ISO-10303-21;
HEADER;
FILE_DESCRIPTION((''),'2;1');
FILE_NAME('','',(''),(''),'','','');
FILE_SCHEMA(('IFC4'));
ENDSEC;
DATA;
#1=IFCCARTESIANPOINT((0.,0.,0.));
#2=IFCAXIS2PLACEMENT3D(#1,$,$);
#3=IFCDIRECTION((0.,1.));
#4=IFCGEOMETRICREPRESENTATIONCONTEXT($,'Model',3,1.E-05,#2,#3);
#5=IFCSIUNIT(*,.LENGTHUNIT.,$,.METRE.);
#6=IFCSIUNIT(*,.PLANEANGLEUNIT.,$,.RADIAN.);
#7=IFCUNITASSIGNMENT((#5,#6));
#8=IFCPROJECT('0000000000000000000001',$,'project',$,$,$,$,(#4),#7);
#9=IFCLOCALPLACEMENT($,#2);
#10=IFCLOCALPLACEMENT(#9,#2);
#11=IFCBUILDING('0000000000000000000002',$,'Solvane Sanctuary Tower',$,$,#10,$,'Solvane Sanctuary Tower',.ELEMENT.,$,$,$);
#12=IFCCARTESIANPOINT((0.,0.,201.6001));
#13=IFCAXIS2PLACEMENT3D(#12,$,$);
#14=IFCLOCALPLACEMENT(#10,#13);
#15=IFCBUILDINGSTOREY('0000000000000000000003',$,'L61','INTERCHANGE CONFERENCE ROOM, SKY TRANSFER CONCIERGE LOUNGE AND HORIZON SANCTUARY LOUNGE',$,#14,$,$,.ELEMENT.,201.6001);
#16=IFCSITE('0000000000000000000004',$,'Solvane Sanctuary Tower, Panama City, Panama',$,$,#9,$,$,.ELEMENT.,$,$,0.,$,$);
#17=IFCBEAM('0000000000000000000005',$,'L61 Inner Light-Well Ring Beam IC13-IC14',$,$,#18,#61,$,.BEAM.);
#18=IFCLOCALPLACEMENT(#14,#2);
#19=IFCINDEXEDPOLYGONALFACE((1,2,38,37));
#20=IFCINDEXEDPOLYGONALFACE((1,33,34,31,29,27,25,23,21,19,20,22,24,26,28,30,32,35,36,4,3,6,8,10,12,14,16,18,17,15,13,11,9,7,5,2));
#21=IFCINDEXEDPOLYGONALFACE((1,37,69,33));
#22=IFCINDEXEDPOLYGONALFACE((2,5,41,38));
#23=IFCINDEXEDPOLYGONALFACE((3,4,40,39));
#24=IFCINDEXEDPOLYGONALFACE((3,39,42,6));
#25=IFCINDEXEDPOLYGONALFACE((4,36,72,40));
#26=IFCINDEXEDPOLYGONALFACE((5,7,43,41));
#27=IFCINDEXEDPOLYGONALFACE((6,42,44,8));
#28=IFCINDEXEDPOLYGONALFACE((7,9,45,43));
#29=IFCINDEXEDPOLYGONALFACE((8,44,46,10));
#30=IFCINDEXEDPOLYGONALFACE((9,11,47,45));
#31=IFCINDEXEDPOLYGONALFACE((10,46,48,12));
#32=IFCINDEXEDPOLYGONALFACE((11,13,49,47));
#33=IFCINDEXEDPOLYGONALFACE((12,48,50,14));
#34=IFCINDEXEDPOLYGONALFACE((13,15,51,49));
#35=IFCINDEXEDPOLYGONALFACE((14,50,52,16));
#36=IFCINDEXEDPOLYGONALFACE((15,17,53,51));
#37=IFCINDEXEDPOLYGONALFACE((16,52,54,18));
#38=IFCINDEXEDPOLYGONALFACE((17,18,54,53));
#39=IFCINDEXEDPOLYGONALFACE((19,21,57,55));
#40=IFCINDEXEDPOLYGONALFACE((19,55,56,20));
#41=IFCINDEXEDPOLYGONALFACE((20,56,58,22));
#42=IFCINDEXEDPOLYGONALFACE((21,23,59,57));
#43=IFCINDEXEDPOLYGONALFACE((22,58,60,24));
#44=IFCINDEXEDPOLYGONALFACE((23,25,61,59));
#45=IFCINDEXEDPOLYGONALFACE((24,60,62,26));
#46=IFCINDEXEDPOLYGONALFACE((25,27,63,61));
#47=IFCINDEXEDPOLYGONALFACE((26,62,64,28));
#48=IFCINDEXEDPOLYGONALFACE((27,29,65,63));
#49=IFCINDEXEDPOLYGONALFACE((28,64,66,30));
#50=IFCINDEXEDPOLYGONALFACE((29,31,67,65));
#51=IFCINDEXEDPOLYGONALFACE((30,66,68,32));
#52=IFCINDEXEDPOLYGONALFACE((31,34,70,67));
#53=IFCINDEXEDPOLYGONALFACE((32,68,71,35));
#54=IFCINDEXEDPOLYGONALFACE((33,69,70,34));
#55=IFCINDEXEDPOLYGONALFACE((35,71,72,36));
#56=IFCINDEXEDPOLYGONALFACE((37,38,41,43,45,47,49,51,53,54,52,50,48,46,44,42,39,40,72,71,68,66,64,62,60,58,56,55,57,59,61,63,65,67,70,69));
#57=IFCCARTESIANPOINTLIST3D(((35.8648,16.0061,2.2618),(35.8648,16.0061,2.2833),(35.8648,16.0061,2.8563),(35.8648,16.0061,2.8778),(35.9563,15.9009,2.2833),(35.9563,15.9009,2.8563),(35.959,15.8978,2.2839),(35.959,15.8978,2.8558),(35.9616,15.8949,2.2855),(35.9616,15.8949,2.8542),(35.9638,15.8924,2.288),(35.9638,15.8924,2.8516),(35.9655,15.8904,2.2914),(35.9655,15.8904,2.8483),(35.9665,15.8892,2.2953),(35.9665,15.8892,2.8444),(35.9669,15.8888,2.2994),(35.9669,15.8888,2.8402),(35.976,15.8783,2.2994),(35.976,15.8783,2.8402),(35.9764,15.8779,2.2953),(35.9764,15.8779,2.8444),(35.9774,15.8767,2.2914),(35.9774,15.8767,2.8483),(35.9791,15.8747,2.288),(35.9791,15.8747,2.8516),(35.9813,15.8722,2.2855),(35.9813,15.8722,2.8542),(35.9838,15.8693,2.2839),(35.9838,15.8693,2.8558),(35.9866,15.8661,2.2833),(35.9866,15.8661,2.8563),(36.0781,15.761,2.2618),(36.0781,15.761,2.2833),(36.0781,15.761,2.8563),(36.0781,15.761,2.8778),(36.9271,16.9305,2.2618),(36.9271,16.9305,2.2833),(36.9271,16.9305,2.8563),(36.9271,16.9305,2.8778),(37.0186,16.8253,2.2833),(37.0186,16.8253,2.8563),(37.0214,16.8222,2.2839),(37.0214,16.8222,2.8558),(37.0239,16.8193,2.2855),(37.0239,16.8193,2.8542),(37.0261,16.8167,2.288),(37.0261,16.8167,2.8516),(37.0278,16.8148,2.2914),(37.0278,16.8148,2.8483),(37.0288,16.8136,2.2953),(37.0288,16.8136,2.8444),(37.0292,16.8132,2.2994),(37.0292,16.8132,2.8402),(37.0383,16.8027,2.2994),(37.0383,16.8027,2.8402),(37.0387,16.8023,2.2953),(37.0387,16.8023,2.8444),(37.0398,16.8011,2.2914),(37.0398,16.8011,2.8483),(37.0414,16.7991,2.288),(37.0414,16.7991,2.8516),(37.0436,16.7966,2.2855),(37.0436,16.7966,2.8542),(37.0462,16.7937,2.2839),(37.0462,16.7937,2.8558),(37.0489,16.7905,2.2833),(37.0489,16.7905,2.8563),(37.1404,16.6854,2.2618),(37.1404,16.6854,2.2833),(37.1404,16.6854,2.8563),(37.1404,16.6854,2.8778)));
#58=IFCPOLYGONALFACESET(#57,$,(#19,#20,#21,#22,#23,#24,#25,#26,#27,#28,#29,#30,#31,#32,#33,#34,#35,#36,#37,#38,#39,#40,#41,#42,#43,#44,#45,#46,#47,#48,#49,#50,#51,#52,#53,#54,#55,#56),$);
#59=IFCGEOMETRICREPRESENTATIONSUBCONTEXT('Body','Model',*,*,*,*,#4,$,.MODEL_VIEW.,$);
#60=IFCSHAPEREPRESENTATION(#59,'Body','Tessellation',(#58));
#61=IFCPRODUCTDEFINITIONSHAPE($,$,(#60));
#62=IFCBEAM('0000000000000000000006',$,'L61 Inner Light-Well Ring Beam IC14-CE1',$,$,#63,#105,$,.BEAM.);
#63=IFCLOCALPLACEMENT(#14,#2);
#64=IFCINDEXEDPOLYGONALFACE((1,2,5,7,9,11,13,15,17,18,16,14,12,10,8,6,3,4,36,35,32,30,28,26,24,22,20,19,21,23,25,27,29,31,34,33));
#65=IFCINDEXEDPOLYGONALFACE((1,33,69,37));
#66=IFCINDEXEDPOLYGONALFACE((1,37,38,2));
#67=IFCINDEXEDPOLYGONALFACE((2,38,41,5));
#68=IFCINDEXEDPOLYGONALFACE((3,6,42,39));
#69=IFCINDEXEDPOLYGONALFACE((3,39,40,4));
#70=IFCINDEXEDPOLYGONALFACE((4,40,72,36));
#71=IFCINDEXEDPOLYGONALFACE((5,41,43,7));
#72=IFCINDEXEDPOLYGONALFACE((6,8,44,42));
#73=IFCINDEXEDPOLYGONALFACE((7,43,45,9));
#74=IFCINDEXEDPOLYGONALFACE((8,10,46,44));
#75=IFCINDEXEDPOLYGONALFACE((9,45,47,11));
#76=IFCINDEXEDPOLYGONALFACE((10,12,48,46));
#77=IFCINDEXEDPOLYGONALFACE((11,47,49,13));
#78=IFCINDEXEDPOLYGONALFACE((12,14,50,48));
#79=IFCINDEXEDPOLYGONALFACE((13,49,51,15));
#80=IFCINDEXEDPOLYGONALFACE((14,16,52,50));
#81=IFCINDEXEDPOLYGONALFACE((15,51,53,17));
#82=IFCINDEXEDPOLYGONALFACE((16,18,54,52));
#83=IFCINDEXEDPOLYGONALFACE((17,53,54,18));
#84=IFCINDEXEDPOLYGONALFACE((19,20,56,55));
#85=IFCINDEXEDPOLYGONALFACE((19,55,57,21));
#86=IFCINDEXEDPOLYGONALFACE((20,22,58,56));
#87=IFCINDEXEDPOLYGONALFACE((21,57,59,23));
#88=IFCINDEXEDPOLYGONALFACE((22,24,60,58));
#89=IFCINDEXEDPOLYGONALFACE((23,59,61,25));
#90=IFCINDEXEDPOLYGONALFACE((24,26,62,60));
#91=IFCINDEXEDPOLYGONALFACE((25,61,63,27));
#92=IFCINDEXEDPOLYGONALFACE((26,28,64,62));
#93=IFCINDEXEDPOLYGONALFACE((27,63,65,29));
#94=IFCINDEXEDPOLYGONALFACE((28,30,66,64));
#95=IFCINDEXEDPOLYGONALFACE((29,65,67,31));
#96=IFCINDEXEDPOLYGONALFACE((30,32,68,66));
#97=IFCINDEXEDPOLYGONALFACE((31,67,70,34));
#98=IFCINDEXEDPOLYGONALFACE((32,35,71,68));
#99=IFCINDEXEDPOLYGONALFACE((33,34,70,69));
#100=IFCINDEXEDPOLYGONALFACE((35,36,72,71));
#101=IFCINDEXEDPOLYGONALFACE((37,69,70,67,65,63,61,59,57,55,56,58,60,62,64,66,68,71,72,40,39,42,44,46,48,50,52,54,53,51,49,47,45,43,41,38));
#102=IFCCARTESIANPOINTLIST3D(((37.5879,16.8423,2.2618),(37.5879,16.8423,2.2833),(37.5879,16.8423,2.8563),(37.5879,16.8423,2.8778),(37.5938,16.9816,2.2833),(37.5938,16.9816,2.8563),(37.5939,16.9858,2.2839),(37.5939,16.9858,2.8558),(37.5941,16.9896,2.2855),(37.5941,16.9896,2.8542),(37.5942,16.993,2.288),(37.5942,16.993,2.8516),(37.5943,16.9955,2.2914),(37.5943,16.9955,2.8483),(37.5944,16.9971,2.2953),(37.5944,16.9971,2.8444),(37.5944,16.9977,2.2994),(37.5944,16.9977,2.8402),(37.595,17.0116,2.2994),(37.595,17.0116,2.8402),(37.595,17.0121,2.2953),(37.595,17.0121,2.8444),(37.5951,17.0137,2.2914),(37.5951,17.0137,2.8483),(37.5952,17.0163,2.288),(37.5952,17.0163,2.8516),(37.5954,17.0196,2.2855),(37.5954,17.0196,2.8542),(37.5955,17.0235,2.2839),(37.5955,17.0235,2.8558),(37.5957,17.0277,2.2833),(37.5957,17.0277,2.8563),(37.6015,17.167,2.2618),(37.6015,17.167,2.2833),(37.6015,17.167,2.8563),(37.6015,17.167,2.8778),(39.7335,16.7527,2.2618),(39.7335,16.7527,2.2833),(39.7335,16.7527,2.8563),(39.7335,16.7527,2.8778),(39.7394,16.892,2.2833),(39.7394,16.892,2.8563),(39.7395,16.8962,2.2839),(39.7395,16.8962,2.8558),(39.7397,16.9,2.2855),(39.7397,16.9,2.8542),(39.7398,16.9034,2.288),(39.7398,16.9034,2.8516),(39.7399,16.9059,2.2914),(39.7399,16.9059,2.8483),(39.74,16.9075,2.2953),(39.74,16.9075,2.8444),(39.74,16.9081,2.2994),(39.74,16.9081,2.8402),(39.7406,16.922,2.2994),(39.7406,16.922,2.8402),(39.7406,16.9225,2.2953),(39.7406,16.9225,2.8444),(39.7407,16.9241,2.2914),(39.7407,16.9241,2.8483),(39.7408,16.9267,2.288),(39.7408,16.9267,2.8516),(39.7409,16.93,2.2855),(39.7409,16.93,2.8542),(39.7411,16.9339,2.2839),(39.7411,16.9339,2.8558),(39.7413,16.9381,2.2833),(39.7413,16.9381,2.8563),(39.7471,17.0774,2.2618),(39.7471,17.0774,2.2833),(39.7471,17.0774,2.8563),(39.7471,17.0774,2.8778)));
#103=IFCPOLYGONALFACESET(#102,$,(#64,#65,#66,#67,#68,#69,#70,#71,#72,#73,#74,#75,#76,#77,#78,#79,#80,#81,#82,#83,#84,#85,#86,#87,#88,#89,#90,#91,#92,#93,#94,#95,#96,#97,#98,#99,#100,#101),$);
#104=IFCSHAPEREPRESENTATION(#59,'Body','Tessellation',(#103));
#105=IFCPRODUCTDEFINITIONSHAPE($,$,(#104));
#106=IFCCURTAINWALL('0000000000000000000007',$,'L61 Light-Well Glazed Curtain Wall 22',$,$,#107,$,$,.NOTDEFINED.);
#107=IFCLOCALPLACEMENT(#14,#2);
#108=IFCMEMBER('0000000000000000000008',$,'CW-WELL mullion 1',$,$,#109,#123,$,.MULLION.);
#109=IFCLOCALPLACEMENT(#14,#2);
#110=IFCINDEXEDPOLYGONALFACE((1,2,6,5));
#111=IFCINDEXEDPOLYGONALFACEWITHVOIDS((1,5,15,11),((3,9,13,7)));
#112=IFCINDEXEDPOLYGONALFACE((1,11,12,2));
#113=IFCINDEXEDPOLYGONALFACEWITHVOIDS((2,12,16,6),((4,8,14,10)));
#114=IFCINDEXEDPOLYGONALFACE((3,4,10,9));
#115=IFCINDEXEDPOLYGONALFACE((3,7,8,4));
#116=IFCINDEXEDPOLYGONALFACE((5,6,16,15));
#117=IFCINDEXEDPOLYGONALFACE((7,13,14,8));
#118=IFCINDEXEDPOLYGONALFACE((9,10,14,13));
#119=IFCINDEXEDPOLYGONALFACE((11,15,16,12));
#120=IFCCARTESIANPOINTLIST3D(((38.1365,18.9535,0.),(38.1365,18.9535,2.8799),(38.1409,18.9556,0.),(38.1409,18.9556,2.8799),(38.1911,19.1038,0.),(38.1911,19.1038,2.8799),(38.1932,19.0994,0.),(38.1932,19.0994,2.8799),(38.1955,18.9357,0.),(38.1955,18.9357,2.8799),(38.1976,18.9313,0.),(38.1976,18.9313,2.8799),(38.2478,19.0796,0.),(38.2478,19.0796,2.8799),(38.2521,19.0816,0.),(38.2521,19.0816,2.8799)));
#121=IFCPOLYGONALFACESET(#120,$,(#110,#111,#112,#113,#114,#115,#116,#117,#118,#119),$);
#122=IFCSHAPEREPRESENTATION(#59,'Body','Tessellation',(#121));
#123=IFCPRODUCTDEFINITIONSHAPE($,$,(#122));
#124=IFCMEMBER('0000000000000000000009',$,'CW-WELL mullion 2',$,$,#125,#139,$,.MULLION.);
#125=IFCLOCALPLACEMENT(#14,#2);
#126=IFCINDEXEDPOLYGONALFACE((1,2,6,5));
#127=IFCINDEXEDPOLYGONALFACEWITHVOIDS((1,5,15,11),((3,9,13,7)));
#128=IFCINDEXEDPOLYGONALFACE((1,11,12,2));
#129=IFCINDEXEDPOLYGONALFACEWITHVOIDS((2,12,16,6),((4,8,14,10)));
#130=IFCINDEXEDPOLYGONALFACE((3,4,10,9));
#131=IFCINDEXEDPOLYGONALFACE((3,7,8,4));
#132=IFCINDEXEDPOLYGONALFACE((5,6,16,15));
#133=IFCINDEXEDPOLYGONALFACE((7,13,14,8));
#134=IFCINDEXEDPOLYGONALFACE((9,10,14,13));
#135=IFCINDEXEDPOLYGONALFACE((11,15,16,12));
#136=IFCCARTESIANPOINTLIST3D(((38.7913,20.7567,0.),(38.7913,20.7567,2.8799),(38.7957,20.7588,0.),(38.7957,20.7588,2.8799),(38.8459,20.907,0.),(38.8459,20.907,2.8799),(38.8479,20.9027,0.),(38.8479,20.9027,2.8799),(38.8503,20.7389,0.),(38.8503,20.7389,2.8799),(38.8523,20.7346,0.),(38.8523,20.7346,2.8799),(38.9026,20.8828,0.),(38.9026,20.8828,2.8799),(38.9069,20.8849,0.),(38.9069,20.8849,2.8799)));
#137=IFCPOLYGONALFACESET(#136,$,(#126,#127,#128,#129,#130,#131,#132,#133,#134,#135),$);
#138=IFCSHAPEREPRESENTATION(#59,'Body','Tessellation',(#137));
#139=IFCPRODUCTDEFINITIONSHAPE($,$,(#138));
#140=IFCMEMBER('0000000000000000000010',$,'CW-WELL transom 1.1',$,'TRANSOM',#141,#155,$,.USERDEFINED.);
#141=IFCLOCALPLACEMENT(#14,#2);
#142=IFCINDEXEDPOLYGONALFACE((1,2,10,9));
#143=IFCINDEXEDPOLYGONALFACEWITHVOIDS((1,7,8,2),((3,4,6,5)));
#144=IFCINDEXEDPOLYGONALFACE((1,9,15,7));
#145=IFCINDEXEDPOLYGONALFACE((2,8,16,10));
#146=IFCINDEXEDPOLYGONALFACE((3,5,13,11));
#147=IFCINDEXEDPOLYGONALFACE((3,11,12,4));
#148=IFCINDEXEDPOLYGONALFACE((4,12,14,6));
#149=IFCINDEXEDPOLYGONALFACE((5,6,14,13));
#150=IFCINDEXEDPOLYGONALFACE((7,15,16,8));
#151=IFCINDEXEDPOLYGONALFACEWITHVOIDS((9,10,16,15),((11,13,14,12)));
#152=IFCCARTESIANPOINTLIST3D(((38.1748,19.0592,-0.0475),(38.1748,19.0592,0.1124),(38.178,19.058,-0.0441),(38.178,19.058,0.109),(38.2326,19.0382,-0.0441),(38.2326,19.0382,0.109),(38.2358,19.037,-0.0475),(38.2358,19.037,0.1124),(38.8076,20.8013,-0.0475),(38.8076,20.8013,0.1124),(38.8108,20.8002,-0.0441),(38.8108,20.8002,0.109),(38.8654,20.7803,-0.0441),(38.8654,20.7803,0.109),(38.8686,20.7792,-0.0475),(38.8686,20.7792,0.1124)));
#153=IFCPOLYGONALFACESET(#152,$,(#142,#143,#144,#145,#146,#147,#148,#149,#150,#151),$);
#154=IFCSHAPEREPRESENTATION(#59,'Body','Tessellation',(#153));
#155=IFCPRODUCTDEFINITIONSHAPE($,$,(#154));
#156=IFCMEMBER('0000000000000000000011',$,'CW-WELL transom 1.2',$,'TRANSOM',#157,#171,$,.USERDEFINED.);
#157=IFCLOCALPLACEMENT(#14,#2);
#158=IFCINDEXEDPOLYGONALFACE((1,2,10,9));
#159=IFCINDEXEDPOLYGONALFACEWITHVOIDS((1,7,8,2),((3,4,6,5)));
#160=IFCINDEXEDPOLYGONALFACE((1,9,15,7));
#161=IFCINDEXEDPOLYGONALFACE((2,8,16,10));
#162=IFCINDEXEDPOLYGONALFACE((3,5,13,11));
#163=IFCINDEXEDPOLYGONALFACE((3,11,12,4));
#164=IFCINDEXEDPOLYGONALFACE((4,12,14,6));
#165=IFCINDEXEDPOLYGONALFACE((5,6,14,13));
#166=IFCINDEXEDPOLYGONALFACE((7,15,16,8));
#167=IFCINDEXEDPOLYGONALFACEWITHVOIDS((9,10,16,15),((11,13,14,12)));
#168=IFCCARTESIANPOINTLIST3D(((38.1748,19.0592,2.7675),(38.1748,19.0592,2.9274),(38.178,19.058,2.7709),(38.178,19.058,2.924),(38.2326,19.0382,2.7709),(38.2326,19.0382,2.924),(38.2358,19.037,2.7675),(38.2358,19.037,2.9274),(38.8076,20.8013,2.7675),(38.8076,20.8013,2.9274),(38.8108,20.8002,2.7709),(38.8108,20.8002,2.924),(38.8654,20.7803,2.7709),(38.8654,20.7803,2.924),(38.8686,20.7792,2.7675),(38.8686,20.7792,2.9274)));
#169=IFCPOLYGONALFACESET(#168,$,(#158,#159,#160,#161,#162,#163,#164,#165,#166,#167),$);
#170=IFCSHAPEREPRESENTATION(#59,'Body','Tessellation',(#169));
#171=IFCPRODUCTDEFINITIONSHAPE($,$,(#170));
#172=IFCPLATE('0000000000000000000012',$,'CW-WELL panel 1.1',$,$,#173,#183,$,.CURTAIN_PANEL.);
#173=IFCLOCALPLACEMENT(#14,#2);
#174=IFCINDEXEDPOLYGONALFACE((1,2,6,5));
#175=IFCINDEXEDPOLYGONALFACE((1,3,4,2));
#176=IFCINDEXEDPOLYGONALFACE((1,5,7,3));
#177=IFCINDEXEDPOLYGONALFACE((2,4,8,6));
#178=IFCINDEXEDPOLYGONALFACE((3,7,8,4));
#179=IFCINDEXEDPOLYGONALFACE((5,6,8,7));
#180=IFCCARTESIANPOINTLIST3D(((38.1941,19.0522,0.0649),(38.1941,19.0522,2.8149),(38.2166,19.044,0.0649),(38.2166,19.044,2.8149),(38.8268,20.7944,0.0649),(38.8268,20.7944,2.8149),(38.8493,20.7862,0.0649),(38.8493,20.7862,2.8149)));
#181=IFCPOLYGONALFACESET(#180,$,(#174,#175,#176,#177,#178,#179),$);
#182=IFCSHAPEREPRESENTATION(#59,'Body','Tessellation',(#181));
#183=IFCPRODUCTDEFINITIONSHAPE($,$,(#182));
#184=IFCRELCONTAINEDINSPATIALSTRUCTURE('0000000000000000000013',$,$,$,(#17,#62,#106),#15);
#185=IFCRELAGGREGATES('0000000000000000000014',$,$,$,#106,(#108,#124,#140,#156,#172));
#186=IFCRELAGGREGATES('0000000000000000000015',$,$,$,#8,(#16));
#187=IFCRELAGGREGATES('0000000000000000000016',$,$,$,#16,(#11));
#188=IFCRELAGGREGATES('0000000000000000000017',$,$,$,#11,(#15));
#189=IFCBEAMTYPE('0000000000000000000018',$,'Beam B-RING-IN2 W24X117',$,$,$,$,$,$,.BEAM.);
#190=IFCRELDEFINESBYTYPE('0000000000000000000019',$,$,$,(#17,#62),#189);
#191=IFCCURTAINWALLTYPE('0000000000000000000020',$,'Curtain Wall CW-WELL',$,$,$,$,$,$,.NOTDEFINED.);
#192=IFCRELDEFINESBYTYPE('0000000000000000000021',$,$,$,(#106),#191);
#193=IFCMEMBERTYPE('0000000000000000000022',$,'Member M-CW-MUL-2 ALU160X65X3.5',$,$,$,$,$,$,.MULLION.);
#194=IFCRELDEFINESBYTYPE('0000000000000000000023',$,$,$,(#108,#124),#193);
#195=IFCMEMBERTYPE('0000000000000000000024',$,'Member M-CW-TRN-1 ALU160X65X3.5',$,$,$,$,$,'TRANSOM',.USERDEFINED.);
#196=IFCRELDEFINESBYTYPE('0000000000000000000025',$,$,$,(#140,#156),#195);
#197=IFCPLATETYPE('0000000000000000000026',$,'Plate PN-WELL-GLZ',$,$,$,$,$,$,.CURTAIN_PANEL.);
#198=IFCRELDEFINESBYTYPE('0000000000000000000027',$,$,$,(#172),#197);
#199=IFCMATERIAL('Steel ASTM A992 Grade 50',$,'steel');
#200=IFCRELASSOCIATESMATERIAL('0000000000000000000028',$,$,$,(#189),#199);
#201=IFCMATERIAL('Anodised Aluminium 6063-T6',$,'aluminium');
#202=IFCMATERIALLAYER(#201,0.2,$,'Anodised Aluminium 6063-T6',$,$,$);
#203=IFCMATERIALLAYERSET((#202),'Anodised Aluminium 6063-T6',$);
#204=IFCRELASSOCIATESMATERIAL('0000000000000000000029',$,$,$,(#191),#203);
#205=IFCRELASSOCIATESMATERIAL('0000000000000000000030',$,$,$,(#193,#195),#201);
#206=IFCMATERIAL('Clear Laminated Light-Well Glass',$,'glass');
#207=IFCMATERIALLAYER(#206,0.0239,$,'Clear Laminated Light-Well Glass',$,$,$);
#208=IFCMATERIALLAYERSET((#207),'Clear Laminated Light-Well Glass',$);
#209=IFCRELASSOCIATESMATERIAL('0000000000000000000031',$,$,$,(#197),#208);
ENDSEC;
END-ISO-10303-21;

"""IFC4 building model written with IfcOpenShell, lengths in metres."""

from ifc_helpers import new_model, si_unit, direction, frame, origin, origin_2d, place, context, subcontext, project, spatial, rectangle, hollow_rectangle, i_section, extrude, material, layer, layer_set, material_profile, profile_set, type_object, element, aggregate, save


model = new_model("IFC4")

# Units and contexts
model_context = context("Model", 3, precision=1e-05, world=origin(), true_north=direction((0.0, 1.0)))
body_context = subcontext(model_context, "Body", "Model", "MODEL_VIEW")
ifc_project = project(units=[si_unit("LENGTHUNIT", "METRE"), si_unit("PLANEANGLEUNIT", "RADIAN")], contexts=[model_context])

# Site, building, storey
site_placement = place(None, origin())
site = spatial("IfcSite", under=ifc_project, at=site_placement, Name="Solvane Sanctuary Tower, Panama City, Panama", CompositionType="ELEMENT", RefElevation=0.0)
building_placement = place(site_placement, origin())
building = spatial("IfcBuilding", under=site, at=building_placement, Name="Solvane Sanctuary Tower", LongName="Solvane Sanctuary Tower", CompositionType="ELEMENT")
storey_placement = place(building_placement, frame((0.0, 0.0, 201.6001)))
storey = spatial("IfcBuildingStorey", under=building, at=storey_placement, Name="L61", Description="INTERCHANGE CONFERENCE ROOM, SKY TRANSFER CONCIERGE LOUNGE AND HORIZON SANCTUARY LOUNGE", CompositionType="ELEMENT", Elevation=201.6001)

# Beams
ifc_material_1 = material(Name="Steel ASTM A992 Grade 50", Category="steel")
ifc_material_profile_1 = material_profile(ifc_material_1, i_section(OverallWidth=0.325, OverallDepth=0.616, WebThickness=0.0139, FlangeThickness=0.0215, FilletRadius=0.0161, at=origin_2d()), Name="W24X117")
ifc_profile_set_1 = profile_set([ifc_material_profile_1], Name="Steel ASTM A992 Grade 50")
beam_type_1 = type_object("IfcBeamType", Name="Beam B-RING-IN2 W24X117", PredefinedType="BEAM", material=ifc_profile_set_1)
beam_1_placement = place(storey_placement, frame((35.9714, 15.8835, 2.5698), z_axis=(0.754389, 0.656428, 0.0), x_axis=(-0.656428, 0.754389, 0.0)))
element("IfcBeam", 1, at=beam_1_placement, inside=storey, type_object=beam_type_1, Name="L61 Inner Light-Well Ring Beam IC13-IC14", PredefinedType="BEAM", context=body_context, shape_type="SweptSolid", body=[
    extrude(i_section(OverallWidth=0.325, OverallDepth=0.616, WebThickness=0.0139, FlangeThickness=0.0215, FilletRadius=0.0161, at=origin_2d()), origin(), (0.0, 0.0, 1.0), 1.4082),
])
beam_2_placement = place(storey_placement, frame((37.5947, 17.0046, 2.5698), z_axis=(0.999129, -0.041725, 0.0), x_axis=(0.041725, 0.999129, 0.0)))
element("IfcBeam", 2, at=beam_2_placement, inside=storey, type_object=beam_type_1, Name="L61 Inner Light-Well Ring Beam IC14-CE1", PredefinedType="BEAM", context=body_context, shape_type="SweptSolid", body=[
    extrude(i_section(OverallWidth=0.325, OverallDepth=0.616, WebThickness=0.0139, FlangeThickness=0.0215, FilletRadius=0.0161, at=origin_2d()), origin(), (0.0, 0.0, 1.0), 2.1475),
])

# Curtain wall, members, plate
ifc_material_2 = material(Name="Anodised Aluminium 6063-T6", Category="aluminium")
ifc_layer_1 = layer(ifc_material_2, 0.2, Name="Anodised Aluminium 6063-T6")
ifc_layer_set_1 = layer_set([ifc_layer_1], Name="Anodised Aluminium 6063-T6")
curtain_wall_type = type_object("IfcCurtainWallType", Name="Curtain Wall CW-WELL", PredefinedType="NOTDEFINED", material=ifc_layer_set_1)
curtain_wall_placement = place(storey_placement, origin())
curtain_wall = element("IfcCurtainWall", 3, at=curtain_wall_placement, inside=storey, type_object=curtain_wall_type, Name="L61 Light-Well Glazed Curtain Wall 22", PredefinedType="NOTDEFINED")
ifc_material_profile_2 = material_profile(ifc_material_2, hollow_rectangle(XDim=0.0649, YDim=0.1599, WallThickness=0.0034, at=origin_2d()), Name="ALU160X65X3.5")
ifc_profile_set_2 = profile_set([ifc_material_profile_2], Name="Anodised Aluminium 6063-T6")
member_type_1 = type_object("IfcMemberType", Name="Member M-CW-MUL-2 ALU160X65X3.5", PredefinedType="MULLION", material=ifc_profile_set_2)
member_1_placement = place(storey_placement, frame((38.1943, 19.0176, 0.0), z_axis=(0.0, 0.0, 1.0), x_axis=(-0.939933, 0.341358, 0.0)))
member_1 = element("IfcMember", 4, at=member_1_placement, type_object=member_type_1, Name="CW-WELL mullion 1", PredefinedType="MULLION", context=body_context, shape_type="SweptSolid", body=[
    extrude(hollow_rectangle(XDim=0.0649, YDim=0.1599, WallThickness=0.0034, at=origin_2d()), origin(), (0.0, 0.0, 1.0), 2.8799),
])
member_2_placement = place(storey_placement, frame((38.8491, 20.8208, 0.0), z_axis=(0.0, 0.0, 1.0), x_axis=(-0.939933, 0.341358, 0.0)))
member_2 = element("IfcMember", 5, at=member_2_placement, type_object=member_type_1, Name="CW-WELL mullion 2", PredefinedType="MULLION", context=body_context, shape_type="SweptSolid", body=[
    extrude(hollow_rectangle(XDim=0.0649, YDim=0.1599, WallThickness=0.0034, at=origin_2d()), origin(), (0.0, 0.0, 1.0), 2.8799),
])
ifc_material_profile_3 = material_profile(ifc_material_2, hollow_rectangle(XDim=0.0649, YDim=0.1599, WallThickness=0.0034, at=origin_2d()), Name="ALU160X65X3.5")
ifc_profile_set_3 = profile_set([ifc_material_profile_3], Name="Anodised Aluminium 6063-T6")
member_type_2 = type_object("IfcMemberType", Name="Member M-CW-TRN-1 ALU160X65X3.5", ElementType="TRANSOM", PredefinedType="USERDEFINED", material=ifc_profile_set_3)
member_3_placement = place(storey_placement, frame((38.2053, 19.0481, 0.0325), z_axis=(0.341405, 0.939916, 0.0), x_axis=(-0.939916, 0.341405, 0.0)))
member_3 = element("IfcMember", 6, at=member_3_placement, type_object=member_type_2, Name="CW-WELL transom 1.1", ObjectType="TRANSOM", PredefinedType="USERDEFINED", context=body_context, shape_type="SweptSolid", body=[
    extrude(hollow_rectangle(XDim=0.0649, YDim=0.1599, WallThickness=0.0034, at=origin_2d()), origin(), (0.0, 0.0, 1.0), 1.8535),
])
member_4_placement = place(storey_placement, frame((38.2053, 19.0481, 2.8474), z_axis=(0.341405, 0.939916, 0.0), x_axis=(-0.939916, 0.341405, 0.0)))
member_4 = element("IfcMember", 7, at=member_4_placement, type_object=member_type_2, Name="CW-WELL transom 1.2", ObjectType="TRANSOM", PredefinedType="USERDEFINED", context=body_context, shape_type="SweptSolid", body=[
    extrude(hollow_rectangle(XDim=0.0649, YDim=0.1599, WallThickness=0.0034, at=origin_2d()), origin(), (0.0, 0.0, 1.0), 1.8535),
])
ifc_material_3 = material(Name="Clear Laminated Light-Well Glass", Category="glass")
ifc_layer_2 = layer(ifc_material_3, 0.0239, Name="Clear Laminated Light-Well Glass")
ifc_layer_set_2 = layer_set([ifc_layer_2], Name="Clear Laminated Light-Well Glass")
plate_type = type_object("IfcPlateType", Name="Plate PN-WELL-GLZ", PredefinedType="CURTAIN_PANEL", material=ifc_layer_set_2)
plate_placement = place(storey_placement, frame((38.5217, 19.9192, 0.0649), z_axis=(0.0, 0.0, 1.0), x_axis=(0.341358, 0.939933, 0.0)))
plate = element("IfcPlate", 8, at=plate_placement, type_object=plate_type, Name="CW-WELL panel 1.1", PredefinedType="CURTAIN_PANEL", context=body_context, shape_type="SweptSolid", body=[
    extrude(rectangle(XDim=1.8535, YDim=0.0239, at=origin_2d()), origin(), (0.0, 0.0, 1.0), 2.75),
])
aggregate(curtain_wall, [member_1, member_2, member_3, member_4, plate])

save(model, "model.ifc")
